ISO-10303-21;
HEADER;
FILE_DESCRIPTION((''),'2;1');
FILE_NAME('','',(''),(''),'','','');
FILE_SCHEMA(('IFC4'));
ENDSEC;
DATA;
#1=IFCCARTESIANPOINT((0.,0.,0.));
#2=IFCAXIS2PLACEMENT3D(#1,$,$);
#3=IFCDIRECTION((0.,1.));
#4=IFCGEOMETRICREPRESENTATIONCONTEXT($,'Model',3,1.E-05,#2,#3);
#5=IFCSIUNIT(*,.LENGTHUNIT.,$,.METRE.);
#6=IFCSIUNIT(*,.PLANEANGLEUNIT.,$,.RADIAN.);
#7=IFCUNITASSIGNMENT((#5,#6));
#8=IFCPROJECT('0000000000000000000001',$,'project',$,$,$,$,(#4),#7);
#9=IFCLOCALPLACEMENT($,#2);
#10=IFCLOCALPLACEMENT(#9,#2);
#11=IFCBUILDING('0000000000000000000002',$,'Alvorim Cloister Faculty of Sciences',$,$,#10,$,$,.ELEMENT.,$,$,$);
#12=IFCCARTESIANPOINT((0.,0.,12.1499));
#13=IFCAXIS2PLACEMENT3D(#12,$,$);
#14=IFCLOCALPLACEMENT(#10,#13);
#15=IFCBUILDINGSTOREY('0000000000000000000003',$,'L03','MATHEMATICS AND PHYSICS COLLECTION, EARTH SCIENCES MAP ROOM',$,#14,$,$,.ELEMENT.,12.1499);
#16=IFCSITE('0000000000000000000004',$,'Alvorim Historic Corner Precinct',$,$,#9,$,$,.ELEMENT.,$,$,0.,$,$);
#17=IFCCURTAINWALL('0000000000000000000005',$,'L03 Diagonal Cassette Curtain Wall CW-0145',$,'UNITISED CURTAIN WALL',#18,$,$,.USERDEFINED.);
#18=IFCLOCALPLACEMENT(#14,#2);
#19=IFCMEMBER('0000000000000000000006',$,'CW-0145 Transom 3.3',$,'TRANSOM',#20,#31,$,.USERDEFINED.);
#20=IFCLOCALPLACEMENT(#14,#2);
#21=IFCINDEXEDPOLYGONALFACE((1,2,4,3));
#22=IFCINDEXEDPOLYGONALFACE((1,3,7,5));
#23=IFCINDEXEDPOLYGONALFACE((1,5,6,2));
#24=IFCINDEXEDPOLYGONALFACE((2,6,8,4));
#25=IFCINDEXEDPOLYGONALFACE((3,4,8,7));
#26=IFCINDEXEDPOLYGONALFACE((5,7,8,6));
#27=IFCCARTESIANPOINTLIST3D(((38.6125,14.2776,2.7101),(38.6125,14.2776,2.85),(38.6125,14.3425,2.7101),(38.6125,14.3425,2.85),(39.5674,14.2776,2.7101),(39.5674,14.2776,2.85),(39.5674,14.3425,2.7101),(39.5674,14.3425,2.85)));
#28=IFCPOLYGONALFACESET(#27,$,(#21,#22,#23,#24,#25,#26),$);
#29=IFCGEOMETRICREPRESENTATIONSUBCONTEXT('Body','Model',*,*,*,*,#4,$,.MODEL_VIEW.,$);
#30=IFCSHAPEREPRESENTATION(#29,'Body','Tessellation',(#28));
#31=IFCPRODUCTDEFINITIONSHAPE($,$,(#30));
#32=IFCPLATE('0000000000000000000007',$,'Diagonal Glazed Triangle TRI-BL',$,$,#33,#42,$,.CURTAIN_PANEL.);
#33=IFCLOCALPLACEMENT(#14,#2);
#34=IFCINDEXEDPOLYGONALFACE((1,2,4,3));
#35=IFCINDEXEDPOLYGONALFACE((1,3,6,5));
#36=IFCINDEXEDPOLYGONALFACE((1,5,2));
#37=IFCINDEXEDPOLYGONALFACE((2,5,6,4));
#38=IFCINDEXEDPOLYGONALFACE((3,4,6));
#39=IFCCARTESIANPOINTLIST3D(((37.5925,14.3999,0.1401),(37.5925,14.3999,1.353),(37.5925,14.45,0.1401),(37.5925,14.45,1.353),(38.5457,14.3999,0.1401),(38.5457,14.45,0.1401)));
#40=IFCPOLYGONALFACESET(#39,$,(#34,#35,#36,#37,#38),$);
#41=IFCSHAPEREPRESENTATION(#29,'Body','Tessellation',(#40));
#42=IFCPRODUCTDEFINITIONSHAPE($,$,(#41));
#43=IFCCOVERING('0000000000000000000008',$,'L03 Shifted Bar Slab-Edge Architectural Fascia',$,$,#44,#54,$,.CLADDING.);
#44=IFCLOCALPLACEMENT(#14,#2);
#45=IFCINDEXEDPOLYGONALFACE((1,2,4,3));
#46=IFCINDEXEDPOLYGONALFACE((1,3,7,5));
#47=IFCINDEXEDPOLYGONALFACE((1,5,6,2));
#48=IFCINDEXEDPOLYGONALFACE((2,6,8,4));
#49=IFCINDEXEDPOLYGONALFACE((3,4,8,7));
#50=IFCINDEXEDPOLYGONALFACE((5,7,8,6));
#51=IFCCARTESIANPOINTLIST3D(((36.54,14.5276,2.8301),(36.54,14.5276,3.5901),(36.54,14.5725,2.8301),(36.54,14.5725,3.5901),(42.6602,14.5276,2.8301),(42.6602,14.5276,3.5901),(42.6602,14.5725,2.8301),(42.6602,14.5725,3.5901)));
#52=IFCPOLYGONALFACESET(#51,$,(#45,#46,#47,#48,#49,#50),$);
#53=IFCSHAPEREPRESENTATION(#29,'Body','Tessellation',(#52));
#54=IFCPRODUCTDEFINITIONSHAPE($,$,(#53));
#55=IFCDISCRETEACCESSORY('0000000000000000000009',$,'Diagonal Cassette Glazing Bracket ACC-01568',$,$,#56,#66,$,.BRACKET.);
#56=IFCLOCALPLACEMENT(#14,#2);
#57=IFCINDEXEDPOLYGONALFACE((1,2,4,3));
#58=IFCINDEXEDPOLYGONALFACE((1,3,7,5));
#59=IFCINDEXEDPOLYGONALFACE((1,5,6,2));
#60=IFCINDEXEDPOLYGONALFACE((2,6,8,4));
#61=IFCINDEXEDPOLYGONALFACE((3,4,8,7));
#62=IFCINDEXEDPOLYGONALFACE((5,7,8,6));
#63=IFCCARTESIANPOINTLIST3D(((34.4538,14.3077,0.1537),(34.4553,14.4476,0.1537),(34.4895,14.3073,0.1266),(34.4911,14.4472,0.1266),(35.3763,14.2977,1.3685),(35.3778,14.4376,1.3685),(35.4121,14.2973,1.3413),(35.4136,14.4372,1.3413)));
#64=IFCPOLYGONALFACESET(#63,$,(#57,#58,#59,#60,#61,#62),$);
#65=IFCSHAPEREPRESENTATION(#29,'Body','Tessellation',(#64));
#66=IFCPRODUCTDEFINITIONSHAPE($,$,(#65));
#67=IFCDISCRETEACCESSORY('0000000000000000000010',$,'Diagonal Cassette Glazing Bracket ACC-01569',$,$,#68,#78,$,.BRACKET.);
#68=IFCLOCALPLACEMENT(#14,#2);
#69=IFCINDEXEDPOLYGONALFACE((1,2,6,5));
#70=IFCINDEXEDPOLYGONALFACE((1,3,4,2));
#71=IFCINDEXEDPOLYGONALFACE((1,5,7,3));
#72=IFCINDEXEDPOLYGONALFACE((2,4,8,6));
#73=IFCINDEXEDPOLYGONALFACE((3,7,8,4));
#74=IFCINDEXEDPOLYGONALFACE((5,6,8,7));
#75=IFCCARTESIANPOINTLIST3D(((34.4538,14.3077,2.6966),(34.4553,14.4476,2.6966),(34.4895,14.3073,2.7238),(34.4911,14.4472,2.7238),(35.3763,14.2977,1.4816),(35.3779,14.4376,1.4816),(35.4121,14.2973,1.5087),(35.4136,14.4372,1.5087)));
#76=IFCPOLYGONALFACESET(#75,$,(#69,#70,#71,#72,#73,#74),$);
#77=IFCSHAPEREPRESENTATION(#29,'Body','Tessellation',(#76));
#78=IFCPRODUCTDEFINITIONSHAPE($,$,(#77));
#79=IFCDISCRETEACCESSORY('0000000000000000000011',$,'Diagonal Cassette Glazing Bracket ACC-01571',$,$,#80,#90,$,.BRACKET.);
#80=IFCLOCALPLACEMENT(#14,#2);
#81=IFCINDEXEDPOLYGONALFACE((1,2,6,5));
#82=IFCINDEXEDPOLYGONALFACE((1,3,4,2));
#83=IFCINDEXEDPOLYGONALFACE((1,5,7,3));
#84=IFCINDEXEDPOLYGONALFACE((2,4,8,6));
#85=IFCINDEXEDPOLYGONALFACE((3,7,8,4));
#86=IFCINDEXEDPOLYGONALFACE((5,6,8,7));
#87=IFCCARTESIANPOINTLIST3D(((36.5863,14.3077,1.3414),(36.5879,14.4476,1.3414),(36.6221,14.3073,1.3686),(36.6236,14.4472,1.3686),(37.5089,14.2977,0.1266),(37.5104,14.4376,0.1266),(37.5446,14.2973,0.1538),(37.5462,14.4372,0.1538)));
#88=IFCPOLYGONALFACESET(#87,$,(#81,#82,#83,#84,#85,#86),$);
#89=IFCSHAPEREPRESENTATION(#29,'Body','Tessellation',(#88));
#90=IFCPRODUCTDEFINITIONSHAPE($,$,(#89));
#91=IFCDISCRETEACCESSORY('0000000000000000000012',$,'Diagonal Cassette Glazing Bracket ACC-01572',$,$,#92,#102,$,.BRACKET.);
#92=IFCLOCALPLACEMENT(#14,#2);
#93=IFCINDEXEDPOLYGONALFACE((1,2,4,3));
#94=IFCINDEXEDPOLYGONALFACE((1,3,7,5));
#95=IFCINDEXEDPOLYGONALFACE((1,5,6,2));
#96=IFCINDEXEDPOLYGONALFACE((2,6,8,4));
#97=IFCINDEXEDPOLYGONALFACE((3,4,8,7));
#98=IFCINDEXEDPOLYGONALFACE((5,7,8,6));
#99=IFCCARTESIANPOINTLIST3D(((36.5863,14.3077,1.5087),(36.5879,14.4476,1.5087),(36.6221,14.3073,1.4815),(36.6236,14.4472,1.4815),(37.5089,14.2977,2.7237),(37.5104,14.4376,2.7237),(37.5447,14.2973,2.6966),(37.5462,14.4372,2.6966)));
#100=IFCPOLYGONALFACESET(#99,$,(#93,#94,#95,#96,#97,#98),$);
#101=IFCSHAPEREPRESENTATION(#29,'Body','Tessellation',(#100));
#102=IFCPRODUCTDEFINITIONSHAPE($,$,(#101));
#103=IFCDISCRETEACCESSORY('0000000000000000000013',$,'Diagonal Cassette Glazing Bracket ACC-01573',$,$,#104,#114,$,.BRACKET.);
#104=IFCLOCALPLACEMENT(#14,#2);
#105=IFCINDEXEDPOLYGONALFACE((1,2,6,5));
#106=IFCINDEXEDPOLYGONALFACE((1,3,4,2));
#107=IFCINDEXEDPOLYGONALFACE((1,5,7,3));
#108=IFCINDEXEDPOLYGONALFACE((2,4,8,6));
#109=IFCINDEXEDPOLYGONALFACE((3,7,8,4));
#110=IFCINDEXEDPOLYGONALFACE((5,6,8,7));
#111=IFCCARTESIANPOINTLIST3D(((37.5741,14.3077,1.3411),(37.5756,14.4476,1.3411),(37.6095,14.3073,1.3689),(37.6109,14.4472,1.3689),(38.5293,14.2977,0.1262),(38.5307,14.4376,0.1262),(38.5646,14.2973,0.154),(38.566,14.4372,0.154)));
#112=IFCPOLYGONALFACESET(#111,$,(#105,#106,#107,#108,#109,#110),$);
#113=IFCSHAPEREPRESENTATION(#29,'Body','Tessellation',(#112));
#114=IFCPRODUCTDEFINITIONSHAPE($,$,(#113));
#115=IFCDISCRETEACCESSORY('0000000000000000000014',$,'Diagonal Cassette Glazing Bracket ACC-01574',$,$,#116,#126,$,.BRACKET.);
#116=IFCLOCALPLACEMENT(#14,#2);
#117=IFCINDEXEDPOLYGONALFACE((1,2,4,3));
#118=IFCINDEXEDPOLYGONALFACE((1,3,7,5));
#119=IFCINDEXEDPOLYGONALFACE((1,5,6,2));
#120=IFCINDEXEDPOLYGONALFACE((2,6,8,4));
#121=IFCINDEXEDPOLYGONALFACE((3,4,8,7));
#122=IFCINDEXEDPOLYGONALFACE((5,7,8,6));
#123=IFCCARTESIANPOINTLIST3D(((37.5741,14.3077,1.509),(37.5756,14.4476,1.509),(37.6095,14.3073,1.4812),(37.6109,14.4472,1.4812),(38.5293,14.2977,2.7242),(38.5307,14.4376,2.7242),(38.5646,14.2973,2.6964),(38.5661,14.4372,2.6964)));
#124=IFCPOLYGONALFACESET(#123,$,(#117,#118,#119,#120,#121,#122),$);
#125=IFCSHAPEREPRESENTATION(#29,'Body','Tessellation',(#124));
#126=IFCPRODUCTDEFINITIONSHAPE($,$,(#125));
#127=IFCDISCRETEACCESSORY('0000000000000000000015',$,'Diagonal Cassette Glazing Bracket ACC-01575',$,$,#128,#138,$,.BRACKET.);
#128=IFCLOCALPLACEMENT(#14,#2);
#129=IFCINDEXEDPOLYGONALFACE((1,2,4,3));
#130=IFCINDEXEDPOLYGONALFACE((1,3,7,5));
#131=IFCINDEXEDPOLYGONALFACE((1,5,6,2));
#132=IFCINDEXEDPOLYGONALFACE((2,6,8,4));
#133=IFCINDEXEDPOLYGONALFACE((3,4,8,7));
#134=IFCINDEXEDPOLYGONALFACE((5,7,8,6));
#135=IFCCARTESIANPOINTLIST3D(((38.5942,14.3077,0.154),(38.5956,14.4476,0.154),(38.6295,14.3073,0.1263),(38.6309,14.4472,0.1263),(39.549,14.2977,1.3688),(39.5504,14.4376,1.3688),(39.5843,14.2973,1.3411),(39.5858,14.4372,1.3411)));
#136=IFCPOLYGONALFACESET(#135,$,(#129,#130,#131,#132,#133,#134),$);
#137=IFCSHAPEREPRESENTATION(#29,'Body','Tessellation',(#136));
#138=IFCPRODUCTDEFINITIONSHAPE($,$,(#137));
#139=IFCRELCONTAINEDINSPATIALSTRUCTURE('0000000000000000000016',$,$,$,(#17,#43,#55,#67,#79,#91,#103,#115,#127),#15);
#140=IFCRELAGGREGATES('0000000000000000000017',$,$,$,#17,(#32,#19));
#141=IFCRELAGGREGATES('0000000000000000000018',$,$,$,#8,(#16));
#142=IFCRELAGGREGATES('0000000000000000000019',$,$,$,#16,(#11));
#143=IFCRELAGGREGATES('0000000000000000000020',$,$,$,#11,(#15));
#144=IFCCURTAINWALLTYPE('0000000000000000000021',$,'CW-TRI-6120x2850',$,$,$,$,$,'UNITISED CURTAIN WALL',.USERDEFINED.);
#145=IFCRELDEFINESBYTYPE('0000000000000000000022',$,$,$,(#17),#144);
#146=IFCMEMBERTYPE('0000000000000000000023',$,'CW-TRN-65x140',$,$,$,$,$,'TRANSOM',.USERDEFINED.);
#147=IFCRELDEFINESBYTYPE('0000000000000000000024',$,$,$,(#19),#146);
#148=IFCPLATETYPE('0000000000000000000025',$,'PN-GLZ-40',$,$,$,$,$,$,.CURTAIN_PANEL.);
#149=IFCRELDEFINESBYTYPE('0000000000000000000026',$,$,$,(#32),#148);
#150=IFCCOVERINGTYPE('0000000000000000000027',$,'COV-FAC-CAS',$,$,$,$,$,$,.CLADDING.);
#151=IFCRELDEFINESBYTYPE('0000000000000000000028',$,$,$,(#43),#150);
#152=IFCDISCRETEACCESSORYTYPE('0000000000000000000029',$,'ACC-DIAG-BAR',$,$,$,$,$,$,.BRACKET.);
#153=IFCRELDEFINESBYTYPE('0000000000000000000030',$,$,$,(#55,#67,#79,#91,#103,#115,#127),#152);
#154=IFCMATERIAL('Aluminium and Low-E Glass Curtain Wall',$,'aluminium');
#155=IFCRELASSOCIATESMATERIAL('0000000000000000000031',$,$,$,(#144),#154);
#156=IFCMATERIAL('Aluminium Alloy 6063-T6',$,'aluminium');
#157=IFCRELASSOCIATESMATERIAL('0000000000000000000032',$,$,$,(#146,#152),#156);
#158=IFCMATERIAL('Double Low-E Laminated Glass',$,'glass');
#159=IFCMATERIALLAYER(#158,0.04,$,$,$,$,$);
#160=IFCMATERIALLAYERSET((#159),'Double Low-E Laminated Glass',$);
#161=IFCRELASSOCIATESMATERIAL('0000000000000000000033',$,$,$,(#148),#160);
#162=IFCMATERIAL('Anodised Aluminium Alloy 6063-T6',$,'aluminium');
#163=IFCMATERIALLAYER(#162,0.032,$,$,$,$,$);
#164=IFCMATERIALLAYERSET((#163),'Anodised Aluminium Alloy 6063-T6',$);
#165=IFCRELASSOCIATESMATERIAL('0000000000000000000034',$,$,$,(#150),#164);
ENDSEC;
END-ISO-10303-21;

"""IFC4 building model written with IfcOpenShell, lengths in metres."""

from ifc_helpers import new_model, si_unit, direction, frame, origin, origin_2d, place, context, subcontext, project, spatial, polyline, rectangle, outline, extrude, material, layer, layer_set, material_profile, profile_set, type_object, element, aggregate, save


model = new_model("IFC4")

# Units and contexts
model_context = context("Model", 3, precision=1e-05, world=origin(), true_north=direction((0.0, 1.0)))
body_context = subcontext(model_context, "Body", "Model", "MODEL_VIEW")
ifc_project = project(units=[si_unit("LENGTHUNIT", "METRE"), si_unit("PLANEANGLEUNIT", "RADIAN")], contexts=[model_context])

# Site, building, storey
site_placement = place(None, origin())
site = spatial("IfcSite", under=ifc_project, at=site_placement, Name="Alvorim Historic Corner Precinct", CompositionType="ELEMENT", RefElevation=0.0)
building_placement = place(site_placement, origin())
building = spatial("IfcBuilding", under=site, at=building_placement, Name="Alvorim Cloister Faculty of Sciences", CompositionType="ELEMENT")
storey_placement = place(building_placement, frame((0.0, 0.0, 12.1499)))
storey = spatial("IfcBuildingStorey", under=building, at=storey_placement, Name="L03", Description="MATHEMATICS AND PHYSICS COLLECTION, EARTH SCIENCES MAP ROOM", CompositionType="ELEMENT", Elevation=12.1499)

# Shared definitions
ifc_material_1 = material(Name="Aluminium and Low-E Glass Curtain Wall", Category="aluminium")
curtain_wall_type = type_object("IfcCurtainWallType", Name="CW-TRI-6120x2850", ElementType="UNITISED CURTAIN WALL", PredefinedType="USERDEFINED", material=ifc_material_1)
ifc_material_2 = material(Name="Aluminium Alloy 6063-T6", Category="aluminium")

# Curtain wall, member
curtain_wall_1_placement = place(storey_placement, origin())
curtain_wall_1 = element("IfcCurtainWall", 1, at=curtain_wall_1_placement, inside=storey, type_object=curtain_wall_type, Name="L03 Diagonal Cassette Curtain Wall CW-0145", ObjectType="UNITISED CURTAIN WALL", PredefinedType="USERDEFINED")
ifc_material_profile_1 = material_profile(ifc_material_2, rectangle(XDim=0.0649, YDim=0.1399, at=origin_2d()), Name="ALU-TRN-65x140")
ifc_profile_set_1 = profile_set([ifc_material_profile_1], Name="Aluminium Alloy 6063-T6")
member_type_1 = type_object("IfcMemberType", Name="CW-TRN-65x140", ElementType="TRANSOM", PredefinedType="USERDEFINED", material=ifc_profile_set_1)
member_1_placement = place(storey_placement, frame((38.6125, 14.3101, 2.78), z_axis=(1.0, 0.0, 0.0), x_axis=(0.0, 1.0, 0.0)))
member_1 = element("IfcMember", 2, at=member_1_placement, type_object=member_type_1, Name="CW-0145 Transom 3.3", ObjectType="TRANSOM", PredefinedType="USERDEFINED", context=body_context, shape_type="SweptSolid", body=[
    extrude(rectangle(XDim=0.0649, YDim=0.1399, at=origin_2d()), origin(), (0.0, 0.0, 1.0), 0.9548),
])

# Plate
ifc_material_3 = material(Name="Double Low-E Laminated Glass", Category="glass")
ifc_layer_1 = layer(ifc_material_3, 0.04)
ifc_layer_set_1 = layer_set([ifc_layer_1], Name="Double Low-E Laminated Glass")
plate_type = type_object("IfcPlateType", Name="PN-GLZ-40", PredefinedType="CURTAIN_PANEL", material=ifc_layer_set_1)
plate_1_placement = place(storey_placement, frame((37.5925, 14.425, 0.1401), z_axis=(0.0, 0.0, 1.0), x_axis=(1.0, 0.0, 0.0)))
plate_1 = element("IfcPlate", 3, at=plate_1_placement, type_object=plate_type, Name="Diagonal Glazed Triangle TRI-BL", PredefinedType="CURTAIN_PANEL", context=body_context, shape_type="SweptSolid", body=[
    extrude(outline(polyline([(0.0, 0.0), (0.9531, 0.0), (0.0, 1.2129), (0.0, 0.0)])), frame((0.0, 0.0249, 0.0), z_axis=(0.0, -1.0, 0.0), x_axis=(1.0, 0.0, 0.0)), (0.0, 0.0, 1.0), 0.05),
])
aggregate(curtain_wall_1, [plate_1, member_1])

# Covering
ifc_material_4 = material(Name="Anodised Aluminium Alloy 6063-T6", Category="aluminium")
ifc_layer_2 = layer(ifc_material_4, 0.032)
ifc_layer_set_2 = layer_set([ifc_layer_2], Name="Anodised Aluminium Alloy 6063-T6")
covering_type = type_object("IfcCoveringType", Name="COV-FAC-CAS", PredefinedType="CLADDING", material=ifc_layer_set_2)
covering_placement = place(storey_placement, frame((36.54, 14.55, 2.8301), z_axis=(0.0, 0.0, 1.0), x_axis=(1.0, 0.0, 0.0)))
element("IfcCovering", 4, at=covering_placement, inside=storey, type_object=covering_type, Name="L03 Shifted Bar Slab-Edge Architectural Fascia", PredefinedType="CLADDING", context=body_context, shape_type="SweptSolid", body=[
    extrude(outline(polyline([(0.0, 0.0), (6.1201, 0.0), (6.1201, 0.76), (0.0, 0.76), (0.0, 0.0)])), frame((0.0, 0.0225, 0.0), z_axis=(0.0, -1.0, 0.0), x_axis=(1.0, 0.0, 0.0)), (0.0, 0.0, 1.0), 0.0449),
])

# Discrete accessories
discrete_accessory_type = type_object("IfcDiscreteAccessoryType", Name="ACC-DIAG-BAR", PredefinedType="BRACKET", material=ifc_material_2)
discrete_accessory_1_placement = place(storey_placement, frame((34.4724, 14.3774, 0.1401), z_axis=(0.60479, -0.006562, 0.796358), x_axis=(0.010849, 0.999941, 0.0)))
element("IfcDiscreteAccessory", 5, at=discrete_accessory_1_placement, inside=storey, type_object=discrete_accessory_type, Name="Diagonal Cassette Glazing Bracket ACC-01568", PredefinedType="BRACKET", context=body_context, shape_type="SweptSolid", body=[
    extrude(rectangle(XDim=0.1399, YDim=0.0449, at=origin_2d()), origin(), (0.0, 0.0, 1.0), 1.5254),
])
discrete_accessory_2_placement = place(storey_placement, frame((34.4724, 14.3774, 2.7102), z_axis=(0.604713, -0.006561, -0.796416), x_axis=(0.010849, 0.999941, 0.0)))
element("IfcDiscreteAccessory", 6, at=discrete_accessory_2_placement, inside=storey, type_object=discrete_accessory_type, Name="Diagonal Cassette Glazing Bracket ACC-01569", PredefinedType="BRACKET", context=body_context, shape_type="SweptSolid", body=[
    extrude(rectangle(XDim=0.1399, YDim=0.0449, at=origin_2d()), origin(), (0.0, 0.0, 1.0), 1.5256),
])
discrete_accessory_3_placement = place(storey_placement, frame((36.605, 14.3774, 1.355), z_axis=(0.60479, -0.006562, -0.796358), x_axis=(0.010849, 0.999941, 0.0)))
element("IfcDiscreteAccessory", 7, at=discrete_accessory_3_placement, inside=storey, type_object=discrete_accessory_type, Name="Diagonal Cassette Glazing Bracket ACC-01571", PredefinedType="BRACKET", context=body_context, shape_type="SweptSolid", body=[
    extrude(rectangle(XDim=0.1399, YDim=0.0449, at=origin_2d()), origin(), (0.0, 0.0, 1.0), 1.5254),
])
discrete_accessory_4_placement = place(storey_placement, frame((36.605, 14.3774, 1.4951), z_axis=(0.604713, -0.006561, 0.796416), x_axis=(0.010849, 0.999941, 0.0)))
element("IfcDiscreteAccessory", 8, at=discrete_accessory_4_placement, inside=storey, type_object=discrete_accessory_type, Name="Diagonal Cassette Glazing Bracket ACC-01572", PredefinedType="BRACKET", context=body_context, shape_type="SweptSolid", body=[
    extrude(rectangle(XDim=0.1399, YDim=0.0449, at=origin_2d()), origin(), (0.0, 0.0, 1.0), 1.5256),
])
discrete_accessory_5_placement = place(storey_placement, frame((37.5925, 14.3774, 1.355), z_axis=(0.618032, -0.006477, -0.786126), x_axis=(0.01048, 0.999945, 0.0)))
element("IfcDiscreteAccessory", 9, at=discrete_accessory_5_placement, inside=storey, type_object=discrete_accessory_type, Name="Diagonal Cassette Glazing Bracket ACC-01573", PredefinedType="BRACKET", context=body_context, shape_type="SweptSolid", body=[
    extrude(rectangle(XDim=0.1399, YDim=0.0449, at=origin_2d()), origin(), (0.0, 0.0, 1.0), 1.5454),
])
discrete_accessory_6_placement = place(storey_placement, frame((37.5925, 14.3774, 1.4951), z_axis=(0.617955, -0.006477, 0.786187), x_axis=(0.01048, 0.999945, 0.0)))
element("IfcDiscreteAccessory", 10, at=discrete_accessory_6_placement, inside=storey, type_object=discrete_accessory_type, Name="Diagonal Cassette Glazing Bracket ACC-01574", PredefinedType="BRACKET", context=body_context, shape_type="SweptSolid", body=[
    extrude(rectangle(XDim=0.1399, YDim=0.0449, at=origin_2d()), origin(), (0.0, 0.0, 1.0), 1.5457),
])
discrete_accessory_7_placement = place(storey_placement, frame((38.6125, 14.3774, 0.1401), z_axis=(0.617934, -0.006478, 0.786203), x_axis=(0.010483, 0.999945, 0.0)))
element("IfcDiscreteAccessory", 11, at=discrete_accessory_7_placement, inside=storey, type_object=discrete_accessory_type, Name="Diagonal Cassette Glazing Bracket ACC-01575", PredefinedType="BRACKET", context=body_context, shape_type="SweptSolid", body=[
    extrude(rectangle(XDim=0.1399, YDim=0.0449, at=origin_2d()), origin(), (0.0, 0.0, 1.0), 1.5452),
])

save(model, "model.ifc")
